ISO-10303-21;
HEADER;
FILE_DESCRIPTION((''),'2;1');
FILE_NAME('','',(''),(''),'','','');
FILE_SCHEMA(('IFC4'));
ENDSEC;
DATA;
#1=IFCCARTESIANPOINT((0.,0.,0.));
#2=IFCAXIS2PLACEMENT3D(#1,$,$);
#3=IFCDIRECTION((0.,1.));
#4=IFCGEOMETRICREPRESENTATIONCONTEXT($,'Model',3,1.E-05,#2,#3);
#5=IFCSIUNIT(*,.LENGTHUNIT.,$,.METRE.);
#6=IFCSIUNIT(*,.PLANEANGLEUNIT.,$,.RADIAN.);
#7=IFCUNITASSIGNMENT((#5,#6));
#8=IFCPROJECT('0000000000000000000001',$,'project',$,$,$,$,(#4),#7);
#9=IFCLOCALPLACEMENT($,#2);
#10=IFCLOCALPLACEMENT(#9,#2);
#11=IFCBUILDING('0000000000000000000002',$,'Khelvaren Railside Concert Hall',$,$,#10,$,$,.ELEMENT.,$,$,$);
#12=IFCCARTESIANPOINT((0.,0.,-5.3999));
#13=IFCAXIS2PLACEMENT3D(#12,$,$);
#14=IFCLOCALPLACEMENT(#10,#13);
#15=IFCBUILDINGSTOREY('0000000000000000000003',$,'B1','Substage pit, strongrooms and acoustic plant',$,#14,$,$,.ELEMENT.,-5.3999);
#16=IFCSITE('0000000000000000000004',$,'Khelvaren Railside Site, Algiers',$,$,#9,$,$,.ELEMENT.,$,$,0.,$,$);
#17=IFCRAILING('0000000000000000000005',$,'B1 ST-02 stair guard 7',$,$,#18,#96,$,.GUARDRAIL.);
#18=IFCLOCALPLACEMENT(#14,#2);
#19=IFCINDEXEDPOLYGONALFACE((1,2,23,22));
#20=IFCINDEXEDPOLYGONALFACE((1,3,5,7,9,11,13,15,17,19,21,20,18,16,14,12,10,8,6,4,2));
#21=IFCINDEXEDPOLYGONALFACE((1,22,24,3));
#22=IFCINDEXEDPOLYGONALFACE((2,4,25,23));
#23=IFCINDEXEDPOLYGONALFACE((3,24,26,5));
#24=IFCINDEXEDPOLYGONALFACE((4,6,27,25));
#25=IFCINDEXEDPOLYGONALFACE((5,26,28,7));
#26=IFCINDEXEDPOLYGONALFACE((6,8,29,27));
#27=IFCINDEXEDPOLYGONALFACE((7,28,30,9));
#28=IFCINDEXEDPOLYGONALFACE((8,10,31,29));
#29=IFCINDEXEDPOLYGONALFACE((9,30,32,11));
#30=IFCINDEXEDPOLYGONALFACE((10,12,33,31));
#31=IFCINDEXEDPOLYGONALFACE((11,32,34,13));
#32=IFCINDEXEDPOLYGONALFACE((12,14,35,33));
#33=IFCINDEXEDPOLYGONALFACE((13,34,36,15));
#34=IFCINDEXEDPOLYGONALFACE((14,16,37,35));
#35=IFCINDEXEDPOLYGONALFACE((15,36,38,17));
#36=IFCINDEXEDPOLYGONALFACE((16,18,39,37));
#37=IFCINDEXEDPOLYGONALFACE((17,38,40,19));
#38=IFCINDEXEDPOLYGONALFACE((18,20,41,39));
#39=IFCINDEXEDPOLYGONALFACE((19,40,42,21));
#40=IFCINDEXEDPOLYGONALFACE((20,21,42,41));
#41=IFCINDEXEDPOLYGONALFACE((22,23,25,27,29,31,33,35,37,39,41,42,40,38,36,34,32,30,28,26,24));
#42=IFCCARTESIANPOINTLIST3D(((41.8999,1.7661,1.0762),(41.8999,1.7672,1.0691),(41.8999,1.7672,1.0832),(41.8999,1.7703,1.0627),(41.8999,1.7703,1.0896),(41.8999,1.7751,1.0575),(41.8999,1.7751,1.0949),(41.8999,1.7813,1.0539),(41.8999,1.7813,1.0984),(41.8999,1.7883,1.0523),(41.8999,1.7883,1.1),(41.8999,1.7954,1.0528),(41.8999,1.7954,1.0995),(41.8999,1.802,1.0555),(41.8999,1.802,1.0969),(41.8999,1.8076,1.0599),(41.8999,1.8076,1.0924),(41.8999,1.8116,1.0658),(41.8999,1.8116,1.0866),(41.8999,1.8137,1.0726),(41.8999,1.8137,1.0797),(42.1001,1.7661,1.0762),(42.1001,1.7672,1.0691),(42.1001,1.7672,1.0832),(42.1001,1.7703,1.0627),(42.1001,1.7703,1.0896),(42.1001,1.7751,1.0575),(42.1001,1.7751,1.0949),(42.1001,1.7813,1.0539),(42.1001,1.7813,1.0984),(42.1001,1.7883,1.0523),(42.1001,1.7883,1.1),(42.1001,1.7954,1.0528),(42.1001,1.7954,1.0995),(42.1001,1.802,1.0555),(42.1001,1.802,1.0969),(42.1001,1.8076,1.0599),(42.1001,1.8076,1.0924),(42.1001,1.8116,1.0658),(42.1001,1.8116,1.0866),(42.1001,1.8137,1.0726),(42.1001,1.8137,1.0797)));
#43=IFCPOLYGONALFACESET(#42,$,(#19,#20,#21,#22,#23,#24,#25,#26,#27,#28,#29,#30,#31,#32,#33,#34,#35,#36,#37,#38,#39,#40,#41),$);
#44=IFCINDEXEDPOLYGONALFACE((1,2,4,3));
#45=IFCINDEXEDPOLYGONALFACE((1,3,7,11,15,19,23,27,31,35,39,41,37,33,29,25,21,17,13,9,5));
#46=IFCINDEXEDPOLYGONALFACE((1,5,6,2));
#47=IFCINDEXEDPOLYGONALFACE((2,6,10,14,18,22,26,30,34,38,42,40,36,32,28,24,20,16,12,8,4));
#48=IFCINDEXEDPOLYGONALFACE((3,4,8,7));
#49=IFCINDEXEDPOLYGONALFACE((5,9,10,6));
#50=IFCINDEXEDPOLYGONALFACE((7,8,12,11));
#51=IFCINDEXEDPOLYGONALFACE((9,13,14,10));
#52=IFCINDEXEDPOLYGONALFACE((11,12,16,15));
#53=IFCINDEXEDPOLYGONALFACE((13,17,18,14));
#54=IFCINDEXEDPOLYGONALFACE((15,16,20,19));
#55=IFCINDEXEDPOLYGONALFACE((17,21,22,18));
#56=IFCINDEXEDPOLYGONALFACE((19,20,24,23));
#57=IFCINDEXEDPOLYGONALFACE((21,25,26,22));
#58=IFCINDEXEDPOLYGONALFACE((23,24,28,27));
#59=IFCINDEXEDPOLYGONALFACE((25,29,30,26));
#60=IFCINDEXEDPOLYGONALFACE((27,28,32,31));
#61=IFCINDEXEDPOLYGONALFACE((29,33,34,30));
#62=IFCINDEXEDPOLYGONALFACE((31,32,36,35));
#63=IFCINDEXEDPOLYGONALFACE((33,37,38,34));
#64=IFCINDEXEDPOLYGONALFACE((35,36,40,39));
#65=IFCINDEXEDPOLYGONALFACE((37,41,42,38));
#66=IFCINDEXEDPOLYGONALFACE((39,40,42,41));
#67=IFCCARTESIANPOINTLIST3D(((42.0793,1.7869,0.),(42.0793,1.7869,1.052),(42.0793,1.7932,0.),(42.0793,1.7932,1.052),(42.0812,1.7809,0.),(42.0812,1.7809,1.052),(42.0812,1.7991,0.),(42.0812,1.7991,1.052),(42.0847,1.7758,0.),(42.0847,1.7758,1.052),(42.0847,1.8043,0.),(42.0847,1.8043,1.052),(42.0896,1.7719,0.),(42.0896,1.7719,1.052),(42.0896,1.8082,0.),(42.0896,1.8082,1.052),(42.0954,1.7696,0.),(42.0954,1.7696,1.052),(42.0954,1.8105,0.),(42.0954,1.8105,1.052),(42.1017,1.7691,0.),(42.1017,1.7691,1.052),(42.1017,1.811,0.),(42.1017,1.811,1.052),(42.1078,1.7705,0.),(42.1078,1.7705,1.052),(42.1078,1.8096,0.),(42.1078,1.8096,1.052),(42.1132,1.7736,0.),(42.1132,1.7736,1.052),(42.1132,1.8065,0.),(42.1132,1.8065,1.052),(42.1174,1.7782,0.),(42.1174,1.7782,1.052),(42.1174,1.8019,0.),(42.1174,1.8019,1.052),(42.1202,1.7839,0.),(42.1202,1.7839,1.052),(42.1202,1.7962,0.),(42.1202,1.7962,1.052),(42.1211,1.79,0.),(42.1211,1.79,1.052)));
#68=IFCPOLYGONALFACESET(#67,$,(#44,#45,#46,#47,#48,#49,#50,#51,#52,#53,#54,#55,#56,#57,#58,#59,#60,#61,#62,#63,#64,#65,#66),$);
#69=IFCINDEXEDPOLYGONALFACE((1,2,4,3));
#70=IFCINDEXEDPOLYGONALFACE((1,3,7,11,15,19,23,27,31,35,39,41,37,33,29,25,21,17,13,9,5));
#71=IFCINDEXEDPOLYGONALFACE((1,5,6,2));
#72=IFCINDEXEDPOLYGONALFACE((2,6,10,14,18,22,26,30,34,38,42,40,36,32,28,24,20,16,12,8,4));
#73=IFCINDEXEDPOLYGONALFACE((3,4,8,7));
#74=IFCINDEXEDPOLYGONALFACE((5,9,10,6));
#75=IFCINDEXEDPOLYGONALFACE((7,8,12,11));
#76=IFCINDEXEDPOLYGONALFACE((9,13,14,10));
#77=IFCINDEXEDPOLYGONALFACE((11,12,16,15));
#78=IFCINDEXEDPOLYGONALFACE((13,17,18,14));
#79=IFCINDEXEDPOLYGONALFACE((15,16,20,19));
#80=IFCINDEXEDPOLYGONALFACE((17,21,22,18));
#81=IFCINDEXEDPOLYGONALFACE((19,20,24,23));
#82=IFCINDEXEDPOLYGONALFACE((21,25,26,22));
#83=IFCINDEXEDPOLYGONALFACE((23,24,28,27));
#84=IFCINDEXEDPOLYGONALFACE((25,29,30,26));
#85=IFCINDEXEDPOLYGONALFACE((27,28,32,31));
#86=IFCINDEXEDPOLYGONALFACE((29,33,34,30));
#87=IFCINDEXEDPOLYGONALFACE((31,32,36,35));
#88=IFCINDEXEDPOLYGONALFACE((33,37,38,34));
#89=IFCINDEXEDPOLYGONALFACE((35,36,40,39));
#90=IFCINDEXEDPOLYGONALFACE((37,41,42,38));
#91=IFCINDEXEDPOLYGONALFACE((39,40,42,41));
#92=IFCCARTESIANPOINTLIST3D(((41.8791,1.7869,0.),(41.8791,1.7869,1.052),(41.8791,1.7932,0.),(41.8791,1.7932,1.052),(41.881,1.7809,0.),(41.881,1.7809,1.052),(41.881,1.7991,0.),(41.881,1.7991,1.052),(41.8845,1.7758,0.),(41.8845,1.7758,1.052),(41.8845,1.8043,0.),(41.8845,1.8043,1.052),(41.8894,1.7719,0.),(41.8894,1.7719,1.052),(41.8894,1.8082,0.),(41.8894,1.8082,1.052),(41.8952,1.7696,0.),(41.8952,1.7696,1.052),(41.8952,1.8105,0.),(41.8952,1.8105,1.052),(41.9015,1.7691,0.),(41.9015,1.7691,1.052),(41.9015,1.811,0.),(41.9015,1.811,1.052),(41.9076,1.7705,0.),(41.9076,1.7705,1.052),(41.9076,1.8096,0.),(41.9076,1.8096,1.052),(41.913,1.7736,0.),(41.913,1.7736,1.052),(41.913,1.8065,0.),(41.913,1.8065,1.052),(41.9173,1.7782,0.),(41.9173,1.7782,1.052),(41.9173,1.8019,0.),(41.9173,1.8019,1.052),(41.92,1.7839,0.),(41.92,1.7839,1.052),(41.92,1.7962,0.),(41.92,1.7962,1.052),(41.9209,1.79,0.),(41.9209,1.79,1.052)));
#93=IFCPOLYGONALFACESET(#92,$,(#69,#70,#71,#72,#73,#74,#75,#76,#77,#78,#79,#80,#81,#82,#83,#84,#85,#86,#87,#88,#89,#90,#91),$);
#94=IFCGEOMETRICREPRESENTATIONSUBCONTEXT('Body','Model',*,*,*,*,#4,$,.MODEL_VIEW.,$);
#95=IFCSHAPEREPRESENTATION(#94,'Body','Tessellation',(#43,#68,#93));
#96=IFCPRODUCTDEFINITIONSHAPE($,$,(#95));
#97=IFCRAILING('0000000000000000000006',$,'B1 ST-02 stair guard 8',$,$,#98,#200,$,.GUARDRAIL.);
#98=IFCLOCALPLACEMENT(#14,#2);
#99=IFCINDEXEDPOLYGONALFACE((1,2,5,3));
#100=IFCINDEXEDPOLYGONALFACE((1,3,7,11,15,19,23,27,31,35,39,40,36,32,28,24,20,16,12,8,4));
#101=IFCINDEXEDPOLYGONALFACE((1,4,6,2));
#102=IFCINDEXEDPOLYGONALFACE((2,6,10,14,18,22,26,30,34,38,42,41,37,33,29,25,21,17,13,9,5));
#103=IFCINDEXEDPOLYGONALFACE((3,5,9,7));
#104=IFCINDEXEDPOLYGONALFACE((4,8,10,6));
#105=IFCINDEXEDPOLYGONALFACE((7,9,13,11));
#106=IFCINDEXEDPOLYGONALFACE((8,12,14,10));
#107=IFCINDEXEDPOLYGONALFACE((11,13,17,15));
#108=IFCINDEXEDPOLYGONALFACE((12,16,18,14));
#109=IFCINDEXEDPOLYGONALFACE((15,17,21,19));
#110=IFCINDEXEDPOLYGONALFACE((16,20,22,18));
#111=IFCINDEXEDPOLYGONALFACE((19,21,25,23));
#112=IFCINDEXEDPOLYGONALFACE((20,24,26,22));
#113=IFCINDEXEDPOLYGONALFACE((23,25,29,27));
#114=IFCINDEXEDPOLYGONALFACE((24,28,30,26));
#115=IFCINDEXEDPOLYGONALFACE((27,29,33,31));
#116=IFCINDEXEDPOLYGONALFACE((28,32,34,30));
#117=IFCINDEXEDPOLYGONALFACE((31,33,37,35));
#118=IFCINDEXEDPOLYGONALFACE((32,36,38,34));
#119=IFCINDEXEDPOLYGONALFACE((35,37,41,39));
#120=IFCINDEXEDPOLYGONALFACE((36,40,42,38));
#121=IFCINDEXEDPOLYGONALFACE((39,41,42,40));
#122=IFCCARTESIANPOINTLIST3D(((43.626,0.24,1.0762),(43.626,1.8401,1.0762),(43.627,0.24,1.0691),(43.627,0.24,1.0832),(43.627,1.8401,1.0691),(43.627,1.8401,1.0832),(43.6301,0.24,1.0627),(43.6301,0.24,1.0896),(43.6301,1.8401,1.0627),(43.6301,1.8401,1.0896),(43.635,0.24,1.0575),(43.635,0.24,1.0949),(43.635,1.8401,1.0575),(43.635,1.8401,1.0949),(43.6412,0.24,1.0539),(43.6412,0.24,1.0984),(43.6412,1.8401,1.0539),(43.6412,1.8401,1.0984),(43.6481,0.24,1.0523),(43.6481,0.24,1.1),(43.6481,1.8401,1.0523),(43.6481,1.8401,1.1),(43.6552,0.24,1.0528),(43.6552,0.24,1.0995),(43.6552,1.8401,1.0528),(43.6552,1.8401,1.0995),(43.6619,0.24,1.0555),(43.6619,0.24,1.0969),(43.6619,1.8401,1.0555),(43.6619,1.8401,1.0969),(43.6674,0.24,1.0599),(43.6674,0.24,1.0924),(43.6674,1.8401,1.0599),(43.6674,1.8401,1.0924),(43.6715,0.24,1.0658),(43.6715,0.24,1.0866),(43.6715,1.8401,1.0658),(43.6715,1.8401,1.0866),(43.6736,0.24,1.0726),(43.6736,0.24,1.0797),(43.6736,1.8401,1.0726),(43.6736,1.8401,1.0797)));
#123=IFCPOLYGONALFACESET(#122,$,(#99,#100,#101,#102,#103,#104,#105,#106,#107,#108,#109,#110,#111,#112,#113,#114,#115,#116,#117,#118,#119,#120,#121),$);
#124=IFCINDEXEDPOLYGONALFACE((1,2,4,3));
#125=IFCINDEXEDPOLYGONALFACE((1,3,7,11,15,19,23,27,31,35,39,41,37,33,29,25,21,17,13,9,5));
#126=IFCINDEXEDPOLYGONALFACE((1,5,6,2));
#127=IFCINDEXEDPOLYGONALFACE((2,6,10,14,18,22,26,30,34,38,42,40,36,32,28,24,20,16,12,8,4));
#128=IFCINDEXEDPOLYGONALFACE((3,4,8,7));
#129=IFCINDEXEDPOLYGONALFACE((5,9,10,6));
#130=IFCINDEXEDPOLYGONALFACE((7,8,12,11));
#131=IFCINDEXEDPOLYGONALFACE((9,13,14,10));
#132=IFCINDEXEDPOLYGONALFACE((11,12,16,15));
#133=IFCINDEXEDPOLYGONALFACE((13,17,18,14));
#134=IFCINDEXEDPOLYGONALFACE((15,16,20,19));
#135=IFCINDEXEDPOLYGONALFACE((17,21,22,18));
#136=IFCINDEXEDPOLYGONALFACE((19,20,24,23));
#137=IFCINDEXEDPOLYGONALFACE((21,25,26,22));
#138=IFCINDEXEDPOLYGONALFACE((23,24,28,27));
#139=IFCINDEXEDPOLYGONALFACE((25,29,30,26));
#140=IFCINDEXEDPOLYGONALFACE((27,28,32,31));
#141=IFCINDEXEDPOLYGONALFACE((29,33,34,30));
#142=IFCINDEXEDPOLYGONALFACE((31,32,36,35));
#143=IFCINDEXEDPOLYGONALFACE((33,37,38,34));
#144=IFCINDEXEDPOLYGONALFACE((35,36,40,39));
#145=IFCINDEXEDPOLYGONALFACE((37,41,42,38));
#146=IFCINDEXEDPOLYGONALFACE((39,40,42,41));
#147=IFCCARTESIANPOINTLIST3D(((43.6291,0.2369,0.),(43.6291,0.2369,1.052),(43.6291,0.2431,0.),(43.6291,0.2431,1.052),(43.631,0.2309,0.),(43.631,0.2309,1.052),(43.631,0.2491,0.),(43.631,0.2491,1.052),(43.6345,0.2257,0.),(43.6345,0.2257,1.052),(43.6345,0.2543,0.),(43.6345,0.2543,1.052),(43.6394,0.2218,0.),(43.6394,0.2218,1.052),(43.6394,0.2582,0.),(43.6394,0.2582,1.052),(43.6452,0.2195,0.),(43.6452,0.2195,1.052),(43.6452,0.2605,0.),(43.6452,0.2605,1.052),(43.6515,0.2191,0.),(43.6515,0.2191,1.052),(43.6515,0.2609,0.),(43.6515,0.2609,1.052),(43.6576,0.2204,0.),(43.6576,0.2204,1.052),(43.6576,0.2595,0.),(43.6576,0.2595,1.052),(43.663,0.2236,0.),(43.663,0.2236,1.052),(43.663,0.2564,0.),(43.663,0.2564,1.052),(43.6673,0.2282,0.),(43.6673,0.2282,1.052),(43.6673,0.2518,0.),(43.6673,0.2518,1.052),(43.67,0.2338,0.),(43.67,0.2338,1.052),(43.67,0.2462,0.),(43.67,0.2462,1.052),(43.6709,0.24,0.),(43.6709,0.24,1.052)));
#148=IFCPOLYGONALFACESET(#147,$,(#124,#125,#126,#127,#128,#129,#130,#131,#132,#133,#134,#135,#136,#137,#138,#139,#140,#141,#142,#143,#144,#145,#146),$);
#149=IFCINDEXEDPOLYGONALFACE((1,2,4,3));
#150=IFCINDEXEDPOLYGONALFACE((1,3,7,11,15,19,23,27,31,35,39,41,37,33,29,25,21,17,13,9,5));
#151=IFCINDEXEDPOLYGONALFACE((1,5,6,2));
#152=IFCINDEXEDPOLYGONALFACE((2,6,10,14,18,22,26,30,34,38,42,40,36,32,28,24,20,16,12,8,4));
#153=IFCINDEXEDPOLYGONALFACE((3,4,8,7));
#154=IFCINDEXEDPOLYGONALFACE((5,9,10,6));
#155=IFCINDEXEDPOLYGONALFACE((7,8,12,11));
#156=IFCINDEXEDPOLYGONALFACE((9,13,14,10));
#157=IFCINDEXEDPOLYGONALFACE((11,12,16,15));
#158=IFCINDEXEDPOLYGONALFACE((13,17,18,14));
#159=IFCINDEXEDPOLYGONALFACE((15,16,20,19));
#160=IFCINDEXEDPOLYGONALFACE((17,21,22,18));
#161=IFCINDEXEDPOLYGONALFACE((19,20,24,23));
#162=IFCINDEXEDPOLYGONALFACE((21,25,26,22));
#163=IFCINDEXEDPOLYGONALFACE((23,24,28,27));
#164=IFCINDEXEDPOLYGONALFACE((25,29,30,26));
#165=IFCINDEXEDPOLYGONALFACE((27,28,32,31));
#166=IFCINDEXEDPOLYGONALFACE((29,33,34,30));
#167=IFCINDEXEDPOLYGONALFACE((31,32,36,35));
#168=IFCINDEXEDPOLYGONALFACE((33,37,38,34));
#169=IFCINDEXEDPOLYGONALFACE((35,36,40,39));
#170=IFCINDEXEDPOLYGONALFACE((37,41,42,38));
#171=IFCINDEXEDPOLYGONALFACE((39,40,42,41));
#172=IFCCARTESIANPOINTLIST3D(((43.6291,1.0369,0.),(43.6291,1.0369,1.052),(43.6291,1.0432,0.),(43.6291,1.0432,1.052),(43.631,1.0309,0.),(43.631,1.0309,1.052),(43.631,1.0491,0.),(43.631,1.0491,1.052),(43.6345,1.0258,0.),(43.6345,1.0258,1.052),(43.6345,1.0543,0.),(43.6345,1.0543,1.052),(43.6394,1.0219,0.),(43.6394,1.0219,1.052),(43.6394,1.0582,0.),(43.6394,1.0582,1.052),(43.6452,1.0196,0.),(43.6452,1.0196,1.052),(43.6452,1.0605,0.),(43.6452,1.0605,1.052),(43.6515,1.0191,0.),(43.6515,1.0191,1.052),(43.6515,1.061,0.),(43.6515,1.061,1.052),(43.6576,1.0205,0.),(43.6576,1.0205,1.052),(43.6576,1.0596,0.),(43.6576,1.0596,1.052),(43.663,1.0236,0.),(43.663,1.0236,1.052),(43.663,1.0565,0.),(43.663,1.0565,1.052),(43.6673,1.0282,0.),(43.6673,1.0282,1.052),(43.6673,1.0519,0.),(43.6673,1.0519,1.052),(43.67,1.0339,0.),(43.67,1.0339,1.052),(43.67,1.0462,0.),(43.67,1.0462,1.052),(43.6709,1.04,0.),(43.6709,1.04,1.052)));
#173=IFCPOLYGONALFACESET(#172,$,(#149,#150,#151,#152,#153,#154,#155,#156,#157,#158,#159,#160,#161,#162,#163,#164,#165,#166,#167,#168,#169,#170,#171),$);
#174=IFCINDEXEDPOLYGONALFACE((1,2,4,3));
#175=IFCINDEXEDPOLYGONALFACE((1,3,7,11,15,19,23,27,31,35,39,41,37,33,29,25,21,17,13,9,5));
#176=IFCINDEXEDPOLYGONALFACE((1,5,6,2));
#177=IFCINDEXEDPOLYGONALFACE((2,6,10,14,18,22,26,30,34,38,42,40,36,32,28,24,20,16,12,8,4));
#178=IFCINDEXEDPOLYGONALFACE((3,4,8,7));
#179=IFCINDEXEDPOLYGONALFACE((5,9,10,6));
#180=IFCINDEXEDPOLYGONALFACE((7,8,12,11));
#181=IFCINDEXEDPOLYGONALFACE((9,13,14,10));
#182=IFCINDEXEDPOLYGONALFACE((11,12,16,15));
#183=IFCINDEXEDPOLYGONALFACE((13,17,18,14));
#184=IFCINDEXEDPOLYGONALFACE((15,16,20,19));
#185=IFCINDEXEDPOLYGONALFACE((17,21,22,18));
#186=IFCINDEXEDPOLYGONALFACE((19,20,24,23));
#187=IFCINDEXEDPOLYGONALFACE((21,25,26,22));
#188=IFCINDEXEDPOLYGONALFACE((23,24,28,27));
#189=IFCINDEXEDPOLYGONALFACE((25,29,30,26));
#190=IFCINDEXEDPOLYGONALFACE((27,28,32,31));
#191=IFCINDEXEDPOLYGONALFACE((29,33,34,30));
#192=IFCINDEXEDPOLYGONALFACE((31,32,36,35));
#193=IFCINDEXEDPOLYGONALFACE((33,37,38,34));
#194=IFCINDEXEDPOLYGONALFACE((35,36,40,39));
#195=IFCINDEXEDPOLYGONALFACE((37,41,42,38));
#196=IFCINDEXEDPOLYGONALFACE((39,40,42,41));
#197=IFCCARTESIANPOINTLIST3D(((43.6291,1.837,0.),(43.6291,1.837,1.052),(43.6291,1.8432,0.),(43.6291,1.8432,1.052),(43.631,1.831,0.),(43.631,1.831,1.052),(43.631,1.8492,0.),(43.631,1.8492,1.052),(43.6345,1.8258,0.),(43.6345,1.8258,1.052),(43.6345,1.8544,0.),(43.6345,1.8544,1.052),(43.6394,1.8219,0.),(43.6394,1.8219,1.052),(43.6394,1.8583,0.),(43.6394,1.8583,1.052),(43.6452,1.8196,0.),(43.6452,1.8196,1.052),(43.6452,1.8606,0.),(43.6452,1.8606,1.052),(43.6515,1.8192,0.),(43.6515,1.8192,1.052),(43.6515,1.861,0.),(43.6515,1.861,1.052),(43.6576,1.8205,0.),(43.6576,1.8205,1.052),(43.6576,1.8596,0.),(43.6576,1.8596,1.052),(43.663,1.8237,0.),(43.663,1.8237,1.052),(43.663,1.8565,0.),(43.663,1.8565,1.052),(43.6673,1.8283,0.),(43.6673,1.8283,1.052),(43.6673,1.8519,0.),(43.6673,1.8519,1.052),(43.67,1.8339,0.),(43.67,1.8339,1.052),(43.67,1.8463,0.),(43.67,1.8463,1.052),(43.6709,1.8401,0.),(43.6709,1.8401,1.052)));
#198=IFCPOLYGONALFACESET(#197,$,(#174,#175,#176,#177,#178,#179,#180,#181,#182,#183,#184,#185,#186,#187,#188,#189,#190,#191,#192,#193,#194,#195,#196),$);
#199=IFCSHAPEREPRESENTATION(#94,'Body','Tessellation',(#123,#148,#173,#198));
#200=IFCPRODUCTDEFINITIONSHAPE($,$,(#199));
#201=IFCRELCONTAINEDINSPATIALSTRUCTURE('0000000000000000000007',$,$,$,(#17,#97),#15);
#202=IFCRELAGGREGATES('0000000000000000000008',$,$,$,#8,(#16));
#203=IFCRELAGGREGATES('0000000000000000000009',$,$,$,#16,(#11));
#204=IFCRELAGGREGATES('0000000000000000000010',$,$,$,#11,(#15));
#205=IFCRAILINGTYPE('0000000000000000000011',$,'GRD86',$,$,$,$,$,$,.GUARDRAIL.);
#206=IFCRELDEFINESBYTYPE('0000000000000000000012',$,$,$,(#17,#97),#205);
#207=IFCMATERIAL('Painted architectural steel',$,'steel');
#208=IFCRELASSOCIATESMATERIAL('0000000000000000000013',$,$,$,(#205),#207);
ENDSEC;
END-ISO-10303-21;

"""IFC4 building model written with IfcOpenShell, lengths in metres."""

from ifc_helpers import new_model, si_unit, direction, frame, origin, origin_2d, place, context, subcontext, project, spatial, circle, extrude, material, type_object, element, save


model = new_model("IFC4")

# Units and contexts
model_context = context("Model", 3, precision=1e-05, world=origin(), true_north=direction((0.0, 1.0)))
body_context = subcontext(model_context, "Body", "Model", "MODEL_VIEW")
ifc_project = project(units=[si_unit("LENGTHUNIT", "METRE"), si_unit("PLANEANGLEUNIT", "RADIAN")], contexts=[model_context])

# Site, building, storey
site_placement = place(None, origin())
site = spatial("IfcSite", under=ifc_project, at=site_placement, Name="Khelvaren Railside Site, Algiers", CompositionType="ELEMENT", RefElevation=0.0)
building_placement = place(site_placement, origin())
building = spatial("IfcBuilding", under=site, at=building_placement, Name="Khelvaren Railside Concert Hall", CompositionType="ELEMENT")
storey_placement = place(building_placement, frame((0.0, 0.0, -5.3999)))
storey = spatial("IfcBuildingStorey", under=building, at=storey_placement, Name="B1", Description="Substage pit, strongrooms and acoustic plant", CompositionType="ELEMENT", Elevation=-5.3999)

# Railings
ifc_material_1 = material(Name="Painted architectural steel", Category="steel")
railing_type_1 = type_object("IfcRailingType", Name="GRD86", PredefinedType="GUARDRAIL", material=ifc_material_1)
railing_1_placement = place(storey_placement, frame((42.1001, 1.79, 0.0)))
element("IfcRailing", 1, at=railing_1_placement, inside=storey, type_object=railing_type_1, Name="B1 ST-02 stair guard 7", PredefinedType="GUARDRAIL", context=body_context, shape_type="SweptSolid", body=[
    extrude(circle(Radius=0.0239, at=origin_2d()), frame((0.0, 0.0, 1.0762), z_axis=(-1.0, 0.0, 0.0), x_axis=(0.0, -1.0, 0.0)), (0.0, 0.0, 1.0), 0.2002),
    extrude(circle(Radius=0.021, at=origin_2d()), origin(), (0.0, 0.0, 1.0), 1.052),
    extrude(circle(Radius=0.021, at=origin_2d()), frame((-0.2002, 0.0, 0.0)), (0.0, 0.0, 1.0), 1.052),
])
for number, where, name in (
    (2, (43.6499, 0.24, 0.0), "B1 ST-02 stair guard 8"),
):
    element("IfcRailing", number, at=place(storey_placement, frame(where)), inside=storey, type_object=railing_type_1, Name=name, PredefinedType="GUARDRAIL", context=body_context, shape_type="SweptSolid", body=[
        extrude(circle(Radius=0.0239, at=origin_2d()), frame((0.0, 0.0, 1.0762), z_axis=(0.0, 1.0, 0.0), x_axis=(-1.0, 0.0, 0.0)), (0.0, 0.0, 1.0), 1.6001),
        extrude(circle(Radius=0.021, at=origin_2d()), origin(), (0.0, 0.0, 1.0), 1.052),
        extrude(circle(Radius=0.021, at=origin_2d()), frame((0.0, 0.8, 0.0)), (0.0, 0.0, 1.0), 1.052),
        extrude(circle(Radius=0.021, at=origin_2d()), frame((0.0, 1.6001, 0.0)), (0.0, 0.0, 1.0), 1.052),
    ])

save(model, "model.ifc")
